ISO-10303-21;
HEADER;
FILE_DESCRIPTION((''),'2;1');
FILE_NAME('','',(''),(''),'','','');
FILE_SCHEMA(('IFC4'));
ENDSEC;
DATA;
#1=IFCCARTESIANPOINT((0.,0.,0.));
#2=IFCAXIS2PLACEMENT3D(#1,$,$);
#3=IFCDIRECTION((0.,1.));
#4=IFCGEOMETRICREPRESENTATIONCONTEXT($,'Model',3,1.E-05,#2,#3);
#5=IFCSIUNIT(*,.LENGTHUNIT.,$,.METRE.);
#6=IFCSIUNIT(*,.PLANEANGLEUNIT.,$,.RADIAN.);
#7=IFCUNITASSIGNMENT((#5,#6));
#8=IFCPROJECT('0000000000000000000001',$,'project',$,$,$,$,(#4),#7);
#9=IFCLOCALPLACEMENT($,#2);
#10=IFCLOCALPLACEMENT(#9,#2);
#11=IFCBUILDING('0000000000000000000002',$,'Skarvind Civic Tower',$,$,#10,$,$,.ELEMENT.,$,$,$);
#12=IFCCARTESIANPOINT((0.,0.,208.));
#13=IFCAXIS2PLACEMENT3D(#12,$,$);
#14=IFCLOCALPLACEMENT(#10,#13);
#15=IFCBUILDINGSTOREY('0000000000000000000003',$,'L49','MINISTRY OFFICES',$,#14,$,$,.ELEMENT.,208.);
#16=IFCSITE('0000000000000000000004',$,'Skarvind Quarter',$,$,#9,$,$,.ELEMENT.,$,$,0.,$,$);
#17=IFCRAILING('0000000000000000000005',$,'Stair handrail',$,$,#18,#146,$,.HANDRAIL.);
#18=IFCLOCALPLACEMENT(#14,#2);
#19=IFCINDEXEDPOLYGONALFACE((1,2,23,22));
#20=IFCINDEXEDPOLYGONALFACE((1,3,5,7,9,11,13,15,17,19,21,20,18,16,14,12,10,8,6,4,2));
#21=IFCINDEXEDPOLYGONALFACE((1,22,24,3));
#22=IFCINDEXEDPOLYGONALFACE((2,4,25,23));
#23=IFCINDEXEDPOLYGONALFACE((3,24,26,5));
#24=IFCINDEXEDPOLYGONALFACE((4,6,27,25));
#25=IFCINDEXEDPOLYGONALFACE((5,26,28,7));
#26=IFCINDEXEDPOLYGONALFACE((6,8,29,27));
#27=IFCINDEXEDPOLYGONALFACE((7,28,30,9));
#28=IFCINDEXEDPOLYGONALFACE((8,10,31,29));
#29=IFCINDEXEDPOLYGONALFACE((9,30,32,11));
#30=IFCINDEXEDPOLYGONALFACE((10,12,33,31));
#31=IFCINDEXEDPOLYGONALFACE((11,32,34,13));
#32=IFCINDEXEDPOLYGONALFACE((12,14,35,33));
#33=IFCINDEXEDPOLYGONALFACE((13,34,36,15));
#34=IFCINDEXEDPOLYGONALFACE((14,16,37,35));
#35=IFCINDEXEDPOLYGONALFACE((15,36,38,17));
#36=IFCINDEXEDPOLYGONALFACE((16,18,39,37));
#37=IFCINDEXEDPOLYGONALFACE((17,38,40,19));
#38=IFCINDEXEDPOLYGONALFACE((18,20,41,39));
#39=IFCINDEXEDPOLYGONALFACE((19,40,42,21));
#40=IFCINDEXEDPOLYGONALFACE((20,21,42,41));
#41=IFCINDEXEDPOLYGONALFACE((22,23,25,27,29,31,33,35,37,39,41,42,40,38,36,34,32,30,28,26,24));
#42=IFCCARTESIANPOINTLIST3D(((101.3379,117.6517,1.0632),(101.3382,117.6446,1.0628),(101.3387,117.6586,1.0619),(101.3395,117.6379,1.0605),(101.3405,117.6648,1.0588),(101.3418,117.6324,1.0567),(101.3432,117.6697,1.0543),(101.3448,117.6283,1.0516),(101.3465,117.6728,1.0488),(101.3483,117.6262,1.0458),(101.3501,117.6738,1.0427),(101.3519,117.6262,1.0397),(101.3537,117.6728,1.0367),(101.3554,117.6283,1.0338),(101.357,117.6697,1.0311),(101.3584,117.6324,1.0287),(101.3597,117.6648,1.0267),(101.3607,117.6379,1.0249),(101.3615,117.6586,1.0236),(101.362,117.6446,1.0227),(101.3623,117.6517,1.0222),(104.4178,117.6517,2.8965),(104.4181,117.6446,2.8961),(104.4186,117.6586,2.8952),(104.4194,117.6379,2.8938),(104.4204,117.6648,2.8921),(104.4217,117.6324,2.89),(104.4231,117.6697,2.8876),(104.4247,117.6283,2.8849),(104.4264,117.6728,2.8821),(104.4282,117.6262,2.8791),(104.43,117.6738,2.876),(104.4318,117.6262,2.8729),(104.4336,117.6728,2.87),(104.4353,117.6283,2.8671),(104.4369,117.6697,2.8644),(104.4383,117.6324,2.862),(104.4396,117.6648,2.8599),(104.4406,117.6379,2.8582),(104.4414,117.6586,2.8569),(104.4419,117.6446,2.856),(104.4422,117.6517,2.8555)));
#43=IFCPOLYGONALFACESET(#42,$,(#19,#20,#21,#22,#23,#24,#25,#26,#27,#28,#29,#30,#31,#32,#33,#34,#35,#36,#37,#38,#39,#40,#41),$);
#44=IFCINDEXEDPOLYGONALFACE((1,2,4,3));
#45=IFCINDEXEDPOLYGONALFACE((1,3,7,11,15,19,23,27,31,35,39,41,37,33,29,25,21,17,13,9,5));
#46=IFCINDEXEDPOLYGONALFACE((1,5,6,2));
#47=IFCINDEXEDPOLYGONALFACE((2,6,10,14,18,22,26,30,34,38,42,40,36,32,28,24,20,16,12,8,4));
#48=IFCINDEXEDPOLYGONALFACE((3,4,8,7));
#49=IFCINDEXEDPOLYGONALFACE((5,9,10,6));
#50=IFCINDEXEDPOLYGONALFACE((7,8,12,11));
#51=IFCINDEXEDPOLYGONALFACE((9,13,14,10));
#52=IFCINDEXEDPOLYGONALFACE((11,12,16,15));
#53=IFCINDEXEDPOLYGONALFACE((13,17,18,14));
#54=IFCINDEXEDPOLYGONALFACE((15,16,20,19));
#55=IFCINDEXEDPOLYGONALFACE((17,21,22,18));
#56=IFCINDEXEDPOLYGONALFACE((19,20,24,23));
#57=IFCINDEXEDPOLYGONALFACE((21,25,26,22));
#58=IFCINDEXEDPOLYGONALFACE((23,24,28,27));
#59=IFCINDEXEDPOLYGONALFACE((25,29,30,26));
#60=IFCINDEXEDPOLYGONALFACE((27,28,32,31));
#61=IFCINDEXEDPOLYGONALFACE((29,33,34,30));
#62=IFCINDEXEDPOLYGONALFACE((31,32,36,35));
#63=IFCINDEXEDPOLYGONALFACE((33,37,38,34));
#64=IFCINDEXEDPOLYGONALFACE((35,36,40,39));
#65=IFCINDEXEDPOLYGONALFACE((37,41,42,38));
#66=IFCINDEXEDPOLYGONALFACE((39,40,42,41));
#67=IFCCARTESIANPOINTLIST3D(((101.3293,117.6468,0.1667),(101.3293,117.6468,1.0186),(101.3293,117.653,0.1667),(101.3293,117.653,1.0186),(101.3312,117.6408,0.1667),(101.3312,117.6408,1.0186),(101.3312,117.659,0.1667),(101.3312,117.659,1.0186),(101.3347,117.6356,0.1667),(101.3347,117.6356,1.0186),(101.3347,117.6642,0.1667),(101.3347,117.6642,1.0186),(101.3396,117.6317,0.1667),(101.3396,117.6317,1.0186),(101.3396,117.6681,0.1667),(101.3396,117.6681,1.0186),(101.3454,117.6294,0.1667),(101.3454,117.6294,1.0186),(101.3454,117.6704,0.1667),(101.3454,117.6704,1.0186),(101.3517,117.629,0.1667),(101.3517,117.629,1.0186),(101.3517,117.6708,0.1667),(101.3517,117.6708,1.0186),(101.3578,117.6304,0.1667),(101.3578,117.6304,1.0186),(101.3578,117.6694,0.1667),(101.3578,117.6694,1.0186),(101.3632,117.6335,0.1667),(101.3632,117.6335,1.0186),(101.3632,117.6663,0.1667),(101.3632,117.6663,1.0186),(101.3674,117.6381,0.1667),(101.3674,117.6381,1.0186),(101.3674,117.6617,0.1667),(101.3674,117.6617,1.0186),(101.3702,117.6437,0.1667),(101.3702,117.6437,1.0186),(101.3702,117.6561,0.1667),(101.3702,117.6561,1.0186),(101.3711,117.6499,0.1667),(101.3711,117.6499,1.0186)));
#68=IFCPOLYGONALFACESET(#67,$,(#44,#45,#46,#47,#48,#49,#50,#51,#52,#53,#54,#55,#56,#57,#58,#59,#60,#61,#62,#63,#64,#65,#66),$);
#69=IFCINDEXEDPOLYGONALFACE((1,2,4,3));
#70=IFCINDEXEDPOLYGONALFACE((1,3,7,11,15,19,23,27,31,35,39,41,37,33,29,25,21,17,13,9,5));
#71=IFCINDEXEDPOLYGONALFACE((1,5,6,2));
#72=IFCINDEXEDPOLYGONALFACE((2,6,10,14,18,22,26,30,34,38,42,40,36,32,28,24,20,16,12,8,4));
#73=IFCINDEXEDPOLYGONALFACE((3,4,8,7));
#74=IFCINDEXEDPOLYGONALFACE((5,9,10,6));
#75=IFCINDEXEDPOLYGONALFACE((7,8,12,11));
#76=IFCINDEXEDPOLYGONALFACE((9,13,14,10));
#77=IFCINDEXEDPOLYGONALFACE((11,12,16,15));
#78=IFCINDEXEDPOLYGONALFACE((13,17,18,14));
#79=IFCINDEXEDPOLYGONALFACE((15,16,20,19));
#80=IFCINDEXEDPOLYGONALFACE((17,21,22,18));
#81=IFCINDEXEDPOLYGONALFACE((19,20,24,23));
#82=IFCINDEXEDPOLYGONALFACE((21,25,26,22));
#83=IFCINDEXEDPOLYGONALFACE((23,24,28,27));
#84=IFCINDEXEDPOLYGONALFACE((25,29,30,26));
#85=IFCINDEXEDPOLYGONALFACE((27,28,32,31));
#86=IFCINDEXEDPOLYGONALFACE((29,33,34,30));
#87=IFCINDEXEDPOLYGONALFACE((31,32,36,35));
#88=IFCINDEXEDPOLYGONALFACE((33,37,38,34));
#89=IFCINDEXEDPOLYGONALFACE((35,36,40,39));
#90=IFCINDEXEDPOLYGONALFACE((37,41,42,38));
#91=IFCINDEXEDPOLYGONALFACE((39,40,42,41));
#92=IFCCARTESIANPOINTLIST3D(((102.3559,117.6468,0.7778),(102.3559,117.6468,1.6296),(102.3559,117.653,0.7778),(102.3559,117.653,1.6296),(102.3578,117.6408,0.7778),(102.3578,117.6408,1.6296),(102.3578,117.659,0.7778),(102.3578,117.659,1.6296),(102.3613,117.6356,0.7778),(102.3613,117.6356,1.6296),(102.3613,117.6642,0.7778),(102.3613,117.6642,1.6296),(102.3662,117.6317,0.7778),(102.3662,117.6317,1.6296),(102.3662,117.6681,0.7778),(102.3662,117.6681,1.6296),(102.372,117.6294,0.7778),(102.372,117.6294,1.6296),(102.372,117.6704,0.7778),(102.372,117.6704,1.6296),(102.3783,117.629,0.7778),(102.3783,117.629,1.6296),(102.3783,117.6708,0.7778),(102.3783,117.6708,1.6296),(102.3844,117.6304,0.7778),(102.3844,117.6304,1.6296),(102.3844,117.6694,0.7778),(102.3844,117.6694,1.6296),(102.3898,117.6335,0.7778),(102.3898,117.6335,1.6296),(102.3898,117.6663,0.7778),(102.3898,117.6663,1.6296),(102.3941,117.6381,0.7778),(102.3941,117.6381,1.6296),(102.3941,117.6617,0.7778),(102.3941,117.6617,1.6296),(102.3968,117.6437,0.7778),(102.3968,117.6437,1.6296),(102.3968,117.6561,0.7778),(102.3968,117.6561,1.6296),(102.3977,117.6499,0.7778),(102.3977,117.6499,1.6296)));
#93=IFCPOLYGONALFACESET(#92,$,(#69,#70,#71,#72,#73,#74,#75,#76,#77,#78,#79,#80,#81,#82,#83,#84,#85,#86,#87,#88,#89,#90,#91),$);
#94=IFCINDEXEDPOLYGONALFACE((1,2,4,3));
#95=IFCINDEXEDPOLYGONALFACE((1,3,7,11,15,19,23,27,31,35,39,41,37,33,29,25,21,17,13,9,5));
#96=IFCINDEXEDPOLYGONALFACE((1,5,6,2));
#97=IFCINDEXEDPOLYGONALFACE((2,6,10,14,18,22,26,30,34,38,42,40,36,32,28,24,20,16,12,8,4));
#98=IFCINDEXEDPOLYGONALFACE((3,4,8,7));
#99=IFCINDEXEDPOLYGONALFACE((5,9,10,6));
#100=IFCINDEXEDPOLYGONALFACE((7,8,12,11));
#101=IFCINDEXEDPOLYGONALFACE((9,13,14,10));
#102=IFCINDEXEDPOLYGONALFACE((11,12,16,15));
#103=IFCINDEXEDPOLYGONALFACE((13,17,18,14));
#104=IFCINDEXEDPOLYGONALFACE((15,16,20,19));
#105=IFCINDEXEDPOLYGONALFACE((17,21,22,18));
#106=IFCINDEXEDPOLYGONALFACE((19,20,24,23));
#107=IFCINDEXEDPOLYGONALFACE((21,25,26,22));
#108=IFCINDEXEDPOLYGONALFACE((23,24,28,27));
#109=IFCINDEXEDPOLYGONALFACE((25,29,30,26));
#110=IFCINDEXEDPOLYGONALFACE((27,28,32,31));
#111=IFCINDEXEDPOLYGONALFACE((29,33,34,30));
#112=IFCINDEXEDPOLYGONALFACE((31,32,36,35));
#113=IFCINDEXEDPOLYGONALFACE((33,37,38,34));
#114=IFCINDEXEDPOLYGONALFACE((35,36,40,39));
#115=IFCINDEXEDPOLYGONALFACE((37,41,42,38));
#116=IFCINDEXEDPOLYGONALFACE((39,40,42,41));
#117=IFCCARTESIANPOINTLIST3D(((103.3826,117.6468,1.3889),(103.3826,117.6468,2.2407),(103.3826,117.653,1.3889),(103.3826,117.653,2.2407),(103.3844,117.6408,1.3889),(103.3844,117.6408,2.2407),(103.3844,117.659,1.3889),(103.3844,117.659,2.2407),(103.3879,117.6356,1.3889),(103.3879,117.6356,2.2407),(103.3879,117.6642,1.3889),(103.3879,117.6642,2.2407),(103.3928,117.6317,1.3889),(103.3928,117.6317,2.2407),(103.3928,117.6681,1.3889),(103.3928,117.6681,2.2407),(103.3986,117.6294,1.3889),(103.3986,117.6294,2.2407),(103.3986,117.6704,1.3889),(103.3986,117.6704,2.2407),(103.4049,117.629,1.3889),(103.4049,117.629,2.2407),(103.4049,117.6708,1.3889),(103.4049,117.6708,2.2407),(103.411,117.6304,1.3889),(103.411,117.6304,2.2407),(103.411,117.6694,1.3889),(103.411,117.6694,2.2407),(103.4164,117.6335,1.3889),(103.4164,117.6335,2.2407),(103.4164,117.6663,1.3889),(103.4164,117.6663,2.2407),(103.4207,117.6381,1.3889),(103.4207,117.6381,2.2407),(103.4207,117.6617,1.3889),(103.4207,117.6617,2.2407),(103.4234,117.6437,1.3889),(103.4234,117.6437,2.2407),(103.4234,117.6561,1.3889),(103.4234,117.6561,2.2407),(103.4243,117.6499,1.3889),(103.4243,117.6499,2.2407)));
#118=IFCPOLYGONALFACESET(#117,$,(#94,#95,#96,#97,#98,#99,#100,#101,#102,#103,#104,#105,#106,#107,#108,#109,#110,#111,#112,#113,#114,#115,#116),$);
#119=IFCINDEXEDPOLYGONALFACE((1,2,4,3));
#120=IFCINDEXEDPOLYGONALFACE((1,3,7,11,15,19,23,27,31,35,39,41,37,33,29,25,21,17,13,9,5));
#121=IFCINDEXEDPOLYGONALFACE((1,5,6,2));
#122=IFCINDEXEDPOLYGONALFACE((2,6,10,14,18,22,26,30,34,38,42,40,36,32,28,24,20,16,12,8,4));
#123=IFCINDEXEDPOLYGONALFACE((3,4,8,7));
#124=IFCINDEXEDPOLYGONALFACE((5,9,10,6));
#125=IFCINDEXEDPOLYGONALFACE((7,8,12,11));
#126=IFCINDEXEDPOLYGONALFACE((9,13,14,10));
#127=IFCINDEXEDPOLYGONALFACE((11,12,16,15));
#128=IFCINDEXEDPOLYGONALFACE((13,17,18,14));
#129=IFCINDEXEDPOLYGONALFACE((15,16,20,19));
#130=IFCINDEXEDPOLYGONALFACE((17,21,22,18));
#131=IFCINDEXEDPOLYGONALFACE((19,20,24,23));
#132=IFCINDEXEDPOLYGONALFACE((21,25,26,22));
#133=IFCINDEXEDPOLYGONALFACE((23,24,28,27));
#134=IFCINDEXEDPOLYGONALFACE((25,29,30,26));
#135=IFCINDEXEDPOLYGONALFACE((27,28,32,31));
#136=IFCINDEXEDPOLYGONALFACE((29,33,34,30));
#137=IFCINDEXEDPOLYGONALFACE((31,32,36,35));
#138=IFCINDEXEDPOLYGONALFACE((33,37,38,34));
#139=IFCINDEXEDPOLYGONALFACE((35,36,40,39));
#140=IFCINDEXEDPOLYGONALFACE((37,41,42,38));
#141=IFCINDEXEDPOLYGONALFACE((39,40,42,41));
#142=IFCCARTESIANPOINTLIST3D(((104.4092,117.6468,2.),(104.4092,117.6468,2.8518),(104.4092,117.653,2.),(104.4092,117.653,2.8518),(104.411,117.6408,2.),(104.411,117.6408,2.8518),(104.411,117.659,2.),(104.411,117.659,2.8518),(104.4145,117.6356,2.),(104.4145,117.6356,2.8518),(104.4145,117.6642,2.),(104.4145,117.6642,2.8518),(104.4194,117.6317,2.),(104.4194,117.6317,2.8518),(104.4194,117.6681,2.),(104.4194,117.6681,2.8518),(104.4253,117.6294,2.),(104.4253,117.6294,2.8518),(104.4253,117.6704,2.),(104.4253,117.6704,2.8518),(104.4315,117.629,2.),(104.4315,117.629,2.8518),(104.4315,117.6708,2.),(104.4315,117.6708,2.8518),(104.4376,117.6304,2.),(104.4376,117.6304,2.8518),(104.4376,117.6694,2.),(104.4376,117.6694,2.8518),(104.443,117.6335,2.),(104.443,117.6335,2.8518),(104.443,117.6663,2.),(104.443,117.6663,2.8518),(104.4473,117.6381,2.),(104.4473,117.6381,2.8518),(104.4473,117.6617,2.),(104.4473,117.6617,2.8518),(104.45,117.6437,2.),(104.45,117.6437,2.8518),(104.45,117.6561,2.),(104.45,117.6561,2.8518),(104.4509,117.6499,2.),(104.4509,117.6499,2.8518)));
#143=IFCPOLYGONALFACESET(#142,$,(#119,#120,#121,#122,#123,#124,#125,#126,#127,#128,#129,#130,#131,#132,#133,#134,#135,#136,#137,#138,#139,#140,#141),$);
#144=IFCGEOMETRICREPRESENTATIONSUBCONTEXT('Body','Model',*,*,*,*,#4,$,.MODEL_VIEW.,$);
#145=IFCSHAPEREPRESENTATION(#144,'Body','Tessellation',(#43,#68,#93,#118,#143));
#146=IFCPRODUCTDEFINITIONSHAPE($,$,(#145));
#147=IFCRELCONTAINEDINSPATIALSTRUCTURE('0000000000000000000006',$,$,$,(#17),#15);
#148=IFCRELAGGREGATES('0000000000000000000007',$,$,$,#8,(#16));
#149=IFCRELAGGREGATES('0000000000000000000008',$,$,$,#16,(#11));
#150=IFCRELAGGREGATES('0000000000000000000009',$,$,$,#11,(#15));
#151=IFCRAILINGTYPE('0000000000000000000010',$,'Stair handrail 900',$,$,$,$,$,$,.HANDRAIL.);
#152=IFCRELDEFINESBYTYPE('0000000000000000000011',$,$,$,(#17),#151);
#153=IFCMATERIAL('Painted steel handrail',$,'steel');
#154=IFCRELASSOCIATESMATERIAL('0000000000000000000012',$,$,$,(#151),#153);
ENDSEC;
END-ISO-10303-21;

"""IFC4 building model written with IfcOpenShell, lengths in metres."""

from ifc_helpers import new_model, si_unit, direction, frame, origin, origin_2d, place, context, subcontext, project, spatial, circle, extrude, material, type_object, element, save


model = new_model("IFC4")

# Units and contexts
model_context = context("Model", 3, precision=1e-05, world=origin(), true_north=direction((0.0, 1.0)))
body_context = subcontext(model_context, "Body", "Model", "MODEL_VIEW")
ifc_project = project(units=[si_unit("LENGTHUNIT", "METRE"), si_unit("PLANEANGLEUNIT", "RADIAN")], contexts=[model_context])

# Site, building, storey
site_placement = place(None, origin())
site = spatial("IfcSite", under=ifc_project, at=site_placement, Name="Skarvind Quarter", CompositionType="ELEMENT", RefElevation=0.0)
building_placement = place(site_placement, origin())
building = spatial("IfcBuilding", under=site, at=building_placement, Name="Skarvind Civic Tower", CompositionType="ELEMENT")
storey_placement = place(building_placement, frame((0.0, 0.0, 208.0)))
storey = spatial("IfcBuildingStorey", under=building, at=storey_placement, Name="L49", Description="MINISTRY OFFICES", CompositionType="ELEMENT", Elevation=208.0)

# Railing
ifc_material_1 = material(Name="Painted steel handrail", Category="steel")
railing_type = type_object("IfcRailingType", Name="Stair handrail 900", PredefinedType="HANDRAIL", material=ifc_material_1)
railing_1_placement = place(storey_placement, frame((101.3501, 117.6499, 0.1667)))
element("IfcRailing", 1, at=railing_1_placement, inside=storey, type_object=railing_type, Name="Stair handrail", PredefinedType="HANDRAIL", context=body_context, shape_type="SweptSolid", body=[
    extrude(circle(Radius=0.0239, at=origin_2d()), frame((0.0, 0.0, 0.876), z_axis=(0.859291, 0.0, 0.511487), x_axis=(0.0, 1.0, 0.0)), (0.0, 0.0, 1.0), 3.5842),
    extrude(circle(Radius=0.021, at=origin_2d()), origin(), (0.0, 0.0, 1.0), 0.8518),
    extrude(circle(Radius=0.021, at=origin_2d()), frame((1.0266, 0.0, 0.6111)), (0.0, 0.0, 1.0), 0.8518),
    extrude(circle(Radius=0.021, at=origin_2d()), frame((2.0532, 0.0, 1.2222)), (0.0, 0.0, 1.0), 0.8518),
    extrude(circle(Radius=0.021, at=origin_2d()), frame((3.0798, 0.0, 1.8333)), (0.0, 0.0, 1.0), 0.8518),
])

save(model, "model.ifc")
